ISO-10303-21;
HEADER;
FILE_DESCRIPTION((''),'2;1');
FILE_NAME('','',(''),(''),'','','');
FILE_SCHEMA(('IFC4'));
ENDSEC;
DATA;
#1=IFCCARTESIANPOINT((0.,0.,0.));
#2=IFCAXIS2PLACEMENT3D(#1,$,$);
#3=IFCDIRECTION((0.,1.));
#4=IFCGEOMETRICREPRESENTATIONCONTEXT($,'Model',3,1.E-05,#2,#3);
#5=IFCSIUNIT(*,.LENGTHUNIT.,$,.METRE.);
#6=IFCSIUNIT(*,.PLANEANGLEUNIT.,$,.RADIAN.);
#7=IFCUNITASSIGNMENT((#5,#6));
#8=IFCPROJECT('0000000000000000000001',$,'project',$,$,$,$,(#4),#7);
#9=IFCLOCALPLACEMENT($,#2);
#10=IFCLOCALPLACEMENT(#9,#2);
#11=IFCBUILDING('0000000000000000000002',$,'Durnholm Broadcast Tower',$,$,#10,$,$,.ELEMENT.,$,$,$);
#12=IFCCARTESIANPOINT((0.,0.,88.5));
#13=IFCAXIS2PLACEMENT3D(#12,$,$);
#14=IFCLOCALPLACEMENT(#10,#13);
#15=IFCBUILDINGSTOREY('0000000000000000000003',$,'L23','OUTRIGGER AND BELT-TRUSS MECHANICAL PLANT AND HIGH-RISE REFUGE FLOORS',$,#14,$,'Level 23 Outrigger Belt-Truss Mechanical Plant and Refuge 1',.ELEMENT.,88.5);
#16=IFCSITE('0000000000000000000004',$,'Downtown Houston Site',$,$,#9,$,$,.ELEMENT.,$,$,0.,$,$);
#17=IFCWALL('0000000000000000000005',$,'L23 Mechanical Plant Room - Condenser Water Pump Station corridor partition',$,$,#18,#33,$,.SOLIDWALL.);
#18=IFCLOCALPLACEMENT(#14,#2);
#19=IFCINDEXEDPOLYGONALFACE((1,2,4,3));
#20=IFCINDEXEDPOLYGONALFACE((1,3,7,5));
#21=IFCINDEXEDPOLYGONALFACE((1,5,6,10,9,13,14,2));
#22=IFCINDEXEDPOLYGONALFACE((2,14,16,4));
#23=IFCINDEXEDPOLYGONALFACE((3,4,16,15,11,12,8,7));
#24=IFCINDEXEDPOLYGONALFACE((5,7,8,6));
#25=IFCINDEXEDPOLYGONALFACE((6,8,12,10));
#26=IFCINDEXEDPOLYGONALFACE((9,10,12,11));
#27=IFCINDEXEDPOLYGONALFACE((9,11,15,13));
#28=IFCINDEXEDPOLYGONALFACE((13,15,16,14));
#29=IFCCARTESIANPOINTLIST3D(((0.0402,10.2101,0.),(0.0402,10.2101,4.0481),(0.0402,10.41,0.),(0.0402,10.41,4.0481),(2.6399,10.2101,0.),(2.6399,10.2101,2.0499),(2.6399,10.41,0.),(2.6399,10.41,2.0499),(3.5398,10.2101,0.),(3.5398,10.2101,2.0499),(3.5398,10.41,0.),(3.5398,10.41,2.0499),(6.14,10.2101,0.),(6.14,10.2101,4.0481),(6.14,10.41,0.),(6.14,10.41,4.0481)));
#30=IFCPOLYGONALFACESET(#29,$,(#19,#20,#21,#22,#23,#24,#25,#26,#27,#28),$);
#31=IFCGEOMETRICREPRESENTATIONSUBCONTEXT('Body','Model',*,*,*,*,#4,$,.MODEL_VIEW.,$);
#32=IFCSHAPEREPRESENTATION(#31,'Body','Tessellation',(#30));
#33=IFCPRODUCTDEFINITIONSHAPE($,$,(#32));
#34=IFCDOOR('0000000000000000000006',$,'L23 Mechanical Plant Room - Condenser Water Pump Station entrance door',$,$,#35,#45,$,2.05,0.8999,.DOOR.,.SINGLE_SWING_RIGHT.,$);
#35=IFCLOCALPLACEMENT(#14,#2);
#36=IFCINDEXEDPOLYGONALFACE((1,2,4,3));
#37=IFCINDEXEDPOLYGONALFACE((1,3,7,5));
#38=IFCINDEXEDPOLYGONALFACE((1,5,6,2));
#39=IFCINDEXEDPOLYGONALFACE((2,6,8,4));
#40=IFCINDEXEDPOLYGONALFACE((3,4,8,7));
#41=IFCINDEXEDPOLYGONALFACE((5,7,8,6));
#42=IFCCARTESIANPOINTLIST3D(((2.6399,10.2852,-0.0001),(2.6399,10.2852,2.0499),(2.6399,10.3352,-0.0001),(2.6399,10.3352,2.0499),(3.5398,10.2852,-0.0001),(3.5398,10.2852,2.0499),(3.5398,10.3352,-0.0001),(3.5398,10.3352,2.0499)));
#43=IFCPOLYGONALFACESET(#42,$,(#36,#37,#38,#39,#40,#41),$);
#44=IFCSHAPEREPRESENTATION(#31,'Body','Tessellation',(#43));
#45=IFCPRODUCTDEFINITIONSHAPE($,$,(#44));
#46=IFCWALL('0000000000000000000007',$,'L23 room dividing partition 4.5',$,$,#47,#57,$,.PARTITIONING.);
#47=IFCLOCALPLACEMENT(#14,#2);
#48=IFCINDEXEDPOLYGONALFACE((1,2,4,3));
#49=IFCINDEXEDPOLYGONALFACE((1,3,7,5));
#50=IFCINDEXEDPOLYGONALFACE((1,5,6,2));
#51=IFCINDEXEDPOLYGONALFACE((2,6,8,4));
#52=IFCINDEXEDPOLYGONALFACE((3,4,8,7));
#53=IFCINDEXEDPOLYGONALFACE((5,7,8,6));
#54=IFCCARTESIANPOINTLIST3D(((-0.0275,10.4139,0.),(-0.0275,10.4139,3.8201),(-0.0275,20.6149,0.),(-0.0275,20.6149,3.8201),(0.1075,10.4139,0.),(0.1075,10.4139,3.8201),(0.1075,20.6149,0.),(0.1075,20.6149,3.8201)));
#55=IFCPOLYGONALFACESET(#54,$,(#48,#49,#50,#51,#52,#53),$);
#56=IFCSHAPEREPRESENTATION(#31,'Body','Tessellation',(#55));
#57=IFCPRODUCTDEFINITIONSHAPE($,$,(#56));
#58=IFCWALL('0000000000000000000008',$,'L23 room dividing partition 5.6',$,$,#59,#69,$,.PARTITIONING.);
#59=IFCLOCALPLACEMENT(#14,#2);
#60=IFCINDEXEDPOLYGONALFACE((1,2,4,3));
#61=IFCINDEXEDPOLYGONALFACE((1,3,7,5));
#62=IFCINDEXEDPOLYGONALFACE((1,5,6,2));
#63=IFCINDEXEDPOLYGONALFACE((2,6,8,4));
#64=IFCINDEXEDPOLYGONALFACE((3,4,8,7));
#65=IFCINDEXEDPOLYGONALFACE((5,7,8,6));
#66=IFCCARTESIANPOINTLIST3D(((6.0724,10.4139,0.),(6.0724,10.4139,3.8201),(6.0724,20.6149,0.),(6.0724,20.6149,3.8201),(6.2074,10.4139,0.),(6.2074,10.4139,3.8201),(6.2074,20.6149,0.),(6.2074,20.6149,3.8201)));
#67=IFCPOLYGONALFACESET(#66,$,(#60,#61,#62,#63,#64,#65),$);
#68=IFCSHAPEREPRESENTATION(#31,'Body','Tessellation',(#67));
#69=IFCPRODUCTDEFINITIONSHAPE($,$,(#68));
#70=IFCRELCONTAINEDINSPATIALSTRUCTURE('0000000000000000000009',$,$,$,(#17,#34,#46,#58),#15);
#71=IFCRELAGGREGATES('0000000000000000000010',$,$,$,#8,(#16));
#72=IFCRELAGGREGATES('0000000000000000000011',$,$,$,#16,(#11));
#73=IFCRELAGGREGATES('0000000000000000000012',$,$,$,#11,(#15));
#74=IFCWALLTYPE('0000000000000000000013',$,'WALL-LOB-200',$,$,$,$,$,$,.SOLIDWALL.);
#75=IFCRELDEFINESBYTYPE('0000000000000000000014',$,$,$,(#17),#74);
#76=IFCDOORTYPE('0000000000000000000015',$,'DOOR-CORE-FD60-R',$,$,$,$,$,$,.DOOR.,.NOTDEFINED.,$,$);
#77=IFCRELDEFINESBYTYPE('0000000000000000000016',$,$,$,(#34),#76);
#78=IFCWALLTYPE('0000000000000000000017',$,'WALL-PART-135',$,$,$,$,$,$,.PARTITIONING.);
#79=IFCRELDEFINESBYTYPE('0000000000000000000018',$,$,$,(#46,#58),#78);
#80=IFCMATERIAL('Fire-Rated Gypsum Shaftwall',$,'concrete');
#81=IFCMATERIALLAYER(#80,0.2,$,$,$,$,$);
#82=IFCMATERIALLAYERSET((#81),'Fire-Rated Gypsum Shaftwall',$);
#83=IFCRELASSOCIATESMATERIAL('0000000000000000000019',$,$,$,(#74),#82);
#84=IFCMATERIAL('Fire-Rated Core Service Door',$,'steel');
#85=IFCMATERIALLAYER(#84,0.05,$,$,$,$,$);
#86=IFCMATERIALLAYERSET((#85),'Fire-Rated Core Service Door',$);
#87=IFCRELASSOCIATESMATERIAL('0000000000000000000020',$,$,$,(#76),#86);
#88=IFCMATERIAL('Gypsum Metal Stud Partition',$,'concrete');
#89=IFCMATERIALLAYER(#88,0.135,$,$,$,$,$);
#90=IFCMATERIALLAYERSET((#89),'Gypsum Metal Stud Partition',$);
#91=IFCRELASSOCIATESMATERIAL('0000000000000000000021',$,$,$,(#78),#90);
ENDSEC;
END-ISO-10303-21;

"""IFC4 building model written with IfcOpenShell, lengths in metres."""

from ifc_helpers import new_model, si_unit, direction, frame, frame_2d, origin, place, context, subcontext, project, spatial, rectangle, extrude, source, transform, mapped, material, layer, layer_set, type_object, type_shapes, element, fill, save


model = new_model("IFC4")

# Units and contexts
model_context = context("Model", 3, precision=1e-05, world=origin(), true_north=direction((0.0, 1.0)))
body_context = subcontext(model_context, "Body", "Model", "MODEL_VIEW")
ifc_project = project(units=[si_unit("LENGTHUNIT", "METRE"), si_unit("PLANEANGLEUNIT", "RADIAN")], contexts=[model_context])

# Site, building, storey
site_placement = place(None, origin())
site = spatial("IfcSite", under=ifc_project, at=site_placement, Name="Downtown Houston Site", CompositionType="ELEMENT", RefElevation=0.0)
building_placement = place(site_placement, origin())
building = spatial("IfcBuilding", under=site, at=building_placement, Name="Durnholm Broadcast Tower", CompositionType="ELEMENT")
storey_placement = place(building_placement, frame((0.0, 0.0, 88.5)))
storey = spatial("IfcBuildingStorey", under=building, at=storey_placement, Name="L23", Description="OUTRIGGER AND BELT-TRUSS MECHANICAL PLANT AND HIGH-RISE REFUGE FLOORS", LongName="Level 23 Outrigger Belt-Truss Mechanical Plant and Refuge 1", CompositionType="ELEMENT", Elevation=88.5)

# Wall, opening, door
ifc_material_1 = material(Name="Fire-Rated Gypsum Shaftwall", Category="concrete")
ifc_layer_1 = layer(ifc_material_1, 0.2)
ifc_layer_set_1 = layer_set([ifc_layer_1], Name="Fire-Rated Gypsum Shaftwall")
wall_type_1 = type_object("IfcWallType", Name="WALL-LOB-200", PredefinedType="SOLIDWALL", material=ifc_layer_set_1)
wall_placement = place(storey_placement, frame((6.1399, 10.3101, 0.0), z_axis=(0.0, 0.0, 1.0), x_axis=(-1.0, 0.0, 0.0)))
wall = element("IfcWall", 1, at=wall_placement, inside=storey, type_object=wall_type_1, Name="L23 Mechanical Plant Room - Condenser Water Pump Station corridor partition", PredefinedType="SOLIDWALL", context=body_context, shape_type="SweptSolid", body=[
    extrude(rectangle(XDim=6.0999, YDim=0.2, at=frame_2d((3.0498, 0.0))), origin(), (0.0, 0.0, 1.0), 4.0481),
])
opening_placement = place(wall_placement, frame((2.6001, 0.0, 0.0)))
opening = element("IfcOpeningElement", 2, at=opening_placement, cuts=wall, PredefinedType="OPENING", context=body_context, shape_type="SweptSolid", body=[
    extrude(rectangle(XDim=0.8999, YDim=2.05, at=frame_2d((0.45, 1.0249))), frame((0.0, 0.1099, 0.0), z_axis=(0.0, -1.0, 0.0), x_axis=(1.0, 0.0, 0.0)), (0.0, 0.0, 1.0), 0.22),
])
ifc_material_2 = material(Name="Fire-Rated Core Service Door", Category="steel")
ifc_layer_2 = layer(ifc_material_2, 0.05)
ifc_layer_set_2 = layer_set([ifc_layer_2], Name="Fire-Rated Core Service Door")
door_type = type_object("IfcDoorType", Name="DOOR-CORE-FD60-R", OperationType="NOTDEFINED", PredefinedType="DOOR", material=ifc_layer_set_2)
shared_shape_1 = source(origin(), body_context, "Body", "SweptSolid", [
    extrude(rectangle(XDim=0.8999, YDim=2.05, at=frame_2d((0.45, 1.0249))), frame((0.0, 0.0249, 0.0), z_axis=(0.0, -1.0, 0.0), x_axis=(1.0, 0.0, 0.0)), (0.0, 0.0, 1.0), 0.05),
])
type_shapes(door_type, [shared_shape_1])
door_placement = place(opening_placement, origin())
door = element("IfcDoor", 3, at=door_placement, inside=storey, type_object=door_type, Name="L23 Mechanical Plant Room - Condenser Water Pump Station entrance door", OperationType="SINGLE_SWING_RIGHT", OverallHeight=2.05, OverallWidth=0.8999, PredefinedType="DOOR", context=body_context, shape_type="MappedRepresentation", body=[
    mapped(shared_shape_1, transform((0.0, 0.0, 0.0), x_axis=(1.0, 0.0, 0.0), y_axis=(0.0, 1.0, 0.0), z_axis=(0.0, 0.0, 1.0), scale=1.0)),
])
fill(opening, door)

# Walls
ifc_material_3 = material(Name="Gypsum Metal Stud Partition", Category="concrete")
ifc_layer_3 = layer(ifc_material_3, 0.135)
ifc_layer_set_3 = layer_set([ifc_layer_3], Name="Gypsum Metal Stud Partition")
wall_type_2 = type_object("IfcWallType", Name="WALL-PART-135", PredefinedType="PARTITIONING", material=ifc_layer_set_3)
for number, where, z_axis, x_axis, name in (
    (4, (0.04, 20.615, 0.0), (0.0, 0.0, 1.0), (0.0, -1.0, 0.0), "L23 room dividing partition 4.5"),
    (5, (6.1399, 20.615, 0.0), (0.0, 0.0, 1.0), (0.0, -1.0, 0.0), "L23 room dividing partition 5.6"),
):
    element("IfcWall", number, at=place(storey_placement, frame(where, z_axis=z_axis, x_axis=x_axis)), inside=storey, type_object=wall_type_2, Name=name, PredefinedType="PARTITIONING", context=body_context, shape_type="SweptSolid", body=[
        extrude(rectangle(XDim=10.2009, YDim=0.135, at=frame_2d((5.1006, 0.0))), origin(), (0.0, 0.0, 1.0), 3.8201),
    ])

save(model, "model.ifc")
